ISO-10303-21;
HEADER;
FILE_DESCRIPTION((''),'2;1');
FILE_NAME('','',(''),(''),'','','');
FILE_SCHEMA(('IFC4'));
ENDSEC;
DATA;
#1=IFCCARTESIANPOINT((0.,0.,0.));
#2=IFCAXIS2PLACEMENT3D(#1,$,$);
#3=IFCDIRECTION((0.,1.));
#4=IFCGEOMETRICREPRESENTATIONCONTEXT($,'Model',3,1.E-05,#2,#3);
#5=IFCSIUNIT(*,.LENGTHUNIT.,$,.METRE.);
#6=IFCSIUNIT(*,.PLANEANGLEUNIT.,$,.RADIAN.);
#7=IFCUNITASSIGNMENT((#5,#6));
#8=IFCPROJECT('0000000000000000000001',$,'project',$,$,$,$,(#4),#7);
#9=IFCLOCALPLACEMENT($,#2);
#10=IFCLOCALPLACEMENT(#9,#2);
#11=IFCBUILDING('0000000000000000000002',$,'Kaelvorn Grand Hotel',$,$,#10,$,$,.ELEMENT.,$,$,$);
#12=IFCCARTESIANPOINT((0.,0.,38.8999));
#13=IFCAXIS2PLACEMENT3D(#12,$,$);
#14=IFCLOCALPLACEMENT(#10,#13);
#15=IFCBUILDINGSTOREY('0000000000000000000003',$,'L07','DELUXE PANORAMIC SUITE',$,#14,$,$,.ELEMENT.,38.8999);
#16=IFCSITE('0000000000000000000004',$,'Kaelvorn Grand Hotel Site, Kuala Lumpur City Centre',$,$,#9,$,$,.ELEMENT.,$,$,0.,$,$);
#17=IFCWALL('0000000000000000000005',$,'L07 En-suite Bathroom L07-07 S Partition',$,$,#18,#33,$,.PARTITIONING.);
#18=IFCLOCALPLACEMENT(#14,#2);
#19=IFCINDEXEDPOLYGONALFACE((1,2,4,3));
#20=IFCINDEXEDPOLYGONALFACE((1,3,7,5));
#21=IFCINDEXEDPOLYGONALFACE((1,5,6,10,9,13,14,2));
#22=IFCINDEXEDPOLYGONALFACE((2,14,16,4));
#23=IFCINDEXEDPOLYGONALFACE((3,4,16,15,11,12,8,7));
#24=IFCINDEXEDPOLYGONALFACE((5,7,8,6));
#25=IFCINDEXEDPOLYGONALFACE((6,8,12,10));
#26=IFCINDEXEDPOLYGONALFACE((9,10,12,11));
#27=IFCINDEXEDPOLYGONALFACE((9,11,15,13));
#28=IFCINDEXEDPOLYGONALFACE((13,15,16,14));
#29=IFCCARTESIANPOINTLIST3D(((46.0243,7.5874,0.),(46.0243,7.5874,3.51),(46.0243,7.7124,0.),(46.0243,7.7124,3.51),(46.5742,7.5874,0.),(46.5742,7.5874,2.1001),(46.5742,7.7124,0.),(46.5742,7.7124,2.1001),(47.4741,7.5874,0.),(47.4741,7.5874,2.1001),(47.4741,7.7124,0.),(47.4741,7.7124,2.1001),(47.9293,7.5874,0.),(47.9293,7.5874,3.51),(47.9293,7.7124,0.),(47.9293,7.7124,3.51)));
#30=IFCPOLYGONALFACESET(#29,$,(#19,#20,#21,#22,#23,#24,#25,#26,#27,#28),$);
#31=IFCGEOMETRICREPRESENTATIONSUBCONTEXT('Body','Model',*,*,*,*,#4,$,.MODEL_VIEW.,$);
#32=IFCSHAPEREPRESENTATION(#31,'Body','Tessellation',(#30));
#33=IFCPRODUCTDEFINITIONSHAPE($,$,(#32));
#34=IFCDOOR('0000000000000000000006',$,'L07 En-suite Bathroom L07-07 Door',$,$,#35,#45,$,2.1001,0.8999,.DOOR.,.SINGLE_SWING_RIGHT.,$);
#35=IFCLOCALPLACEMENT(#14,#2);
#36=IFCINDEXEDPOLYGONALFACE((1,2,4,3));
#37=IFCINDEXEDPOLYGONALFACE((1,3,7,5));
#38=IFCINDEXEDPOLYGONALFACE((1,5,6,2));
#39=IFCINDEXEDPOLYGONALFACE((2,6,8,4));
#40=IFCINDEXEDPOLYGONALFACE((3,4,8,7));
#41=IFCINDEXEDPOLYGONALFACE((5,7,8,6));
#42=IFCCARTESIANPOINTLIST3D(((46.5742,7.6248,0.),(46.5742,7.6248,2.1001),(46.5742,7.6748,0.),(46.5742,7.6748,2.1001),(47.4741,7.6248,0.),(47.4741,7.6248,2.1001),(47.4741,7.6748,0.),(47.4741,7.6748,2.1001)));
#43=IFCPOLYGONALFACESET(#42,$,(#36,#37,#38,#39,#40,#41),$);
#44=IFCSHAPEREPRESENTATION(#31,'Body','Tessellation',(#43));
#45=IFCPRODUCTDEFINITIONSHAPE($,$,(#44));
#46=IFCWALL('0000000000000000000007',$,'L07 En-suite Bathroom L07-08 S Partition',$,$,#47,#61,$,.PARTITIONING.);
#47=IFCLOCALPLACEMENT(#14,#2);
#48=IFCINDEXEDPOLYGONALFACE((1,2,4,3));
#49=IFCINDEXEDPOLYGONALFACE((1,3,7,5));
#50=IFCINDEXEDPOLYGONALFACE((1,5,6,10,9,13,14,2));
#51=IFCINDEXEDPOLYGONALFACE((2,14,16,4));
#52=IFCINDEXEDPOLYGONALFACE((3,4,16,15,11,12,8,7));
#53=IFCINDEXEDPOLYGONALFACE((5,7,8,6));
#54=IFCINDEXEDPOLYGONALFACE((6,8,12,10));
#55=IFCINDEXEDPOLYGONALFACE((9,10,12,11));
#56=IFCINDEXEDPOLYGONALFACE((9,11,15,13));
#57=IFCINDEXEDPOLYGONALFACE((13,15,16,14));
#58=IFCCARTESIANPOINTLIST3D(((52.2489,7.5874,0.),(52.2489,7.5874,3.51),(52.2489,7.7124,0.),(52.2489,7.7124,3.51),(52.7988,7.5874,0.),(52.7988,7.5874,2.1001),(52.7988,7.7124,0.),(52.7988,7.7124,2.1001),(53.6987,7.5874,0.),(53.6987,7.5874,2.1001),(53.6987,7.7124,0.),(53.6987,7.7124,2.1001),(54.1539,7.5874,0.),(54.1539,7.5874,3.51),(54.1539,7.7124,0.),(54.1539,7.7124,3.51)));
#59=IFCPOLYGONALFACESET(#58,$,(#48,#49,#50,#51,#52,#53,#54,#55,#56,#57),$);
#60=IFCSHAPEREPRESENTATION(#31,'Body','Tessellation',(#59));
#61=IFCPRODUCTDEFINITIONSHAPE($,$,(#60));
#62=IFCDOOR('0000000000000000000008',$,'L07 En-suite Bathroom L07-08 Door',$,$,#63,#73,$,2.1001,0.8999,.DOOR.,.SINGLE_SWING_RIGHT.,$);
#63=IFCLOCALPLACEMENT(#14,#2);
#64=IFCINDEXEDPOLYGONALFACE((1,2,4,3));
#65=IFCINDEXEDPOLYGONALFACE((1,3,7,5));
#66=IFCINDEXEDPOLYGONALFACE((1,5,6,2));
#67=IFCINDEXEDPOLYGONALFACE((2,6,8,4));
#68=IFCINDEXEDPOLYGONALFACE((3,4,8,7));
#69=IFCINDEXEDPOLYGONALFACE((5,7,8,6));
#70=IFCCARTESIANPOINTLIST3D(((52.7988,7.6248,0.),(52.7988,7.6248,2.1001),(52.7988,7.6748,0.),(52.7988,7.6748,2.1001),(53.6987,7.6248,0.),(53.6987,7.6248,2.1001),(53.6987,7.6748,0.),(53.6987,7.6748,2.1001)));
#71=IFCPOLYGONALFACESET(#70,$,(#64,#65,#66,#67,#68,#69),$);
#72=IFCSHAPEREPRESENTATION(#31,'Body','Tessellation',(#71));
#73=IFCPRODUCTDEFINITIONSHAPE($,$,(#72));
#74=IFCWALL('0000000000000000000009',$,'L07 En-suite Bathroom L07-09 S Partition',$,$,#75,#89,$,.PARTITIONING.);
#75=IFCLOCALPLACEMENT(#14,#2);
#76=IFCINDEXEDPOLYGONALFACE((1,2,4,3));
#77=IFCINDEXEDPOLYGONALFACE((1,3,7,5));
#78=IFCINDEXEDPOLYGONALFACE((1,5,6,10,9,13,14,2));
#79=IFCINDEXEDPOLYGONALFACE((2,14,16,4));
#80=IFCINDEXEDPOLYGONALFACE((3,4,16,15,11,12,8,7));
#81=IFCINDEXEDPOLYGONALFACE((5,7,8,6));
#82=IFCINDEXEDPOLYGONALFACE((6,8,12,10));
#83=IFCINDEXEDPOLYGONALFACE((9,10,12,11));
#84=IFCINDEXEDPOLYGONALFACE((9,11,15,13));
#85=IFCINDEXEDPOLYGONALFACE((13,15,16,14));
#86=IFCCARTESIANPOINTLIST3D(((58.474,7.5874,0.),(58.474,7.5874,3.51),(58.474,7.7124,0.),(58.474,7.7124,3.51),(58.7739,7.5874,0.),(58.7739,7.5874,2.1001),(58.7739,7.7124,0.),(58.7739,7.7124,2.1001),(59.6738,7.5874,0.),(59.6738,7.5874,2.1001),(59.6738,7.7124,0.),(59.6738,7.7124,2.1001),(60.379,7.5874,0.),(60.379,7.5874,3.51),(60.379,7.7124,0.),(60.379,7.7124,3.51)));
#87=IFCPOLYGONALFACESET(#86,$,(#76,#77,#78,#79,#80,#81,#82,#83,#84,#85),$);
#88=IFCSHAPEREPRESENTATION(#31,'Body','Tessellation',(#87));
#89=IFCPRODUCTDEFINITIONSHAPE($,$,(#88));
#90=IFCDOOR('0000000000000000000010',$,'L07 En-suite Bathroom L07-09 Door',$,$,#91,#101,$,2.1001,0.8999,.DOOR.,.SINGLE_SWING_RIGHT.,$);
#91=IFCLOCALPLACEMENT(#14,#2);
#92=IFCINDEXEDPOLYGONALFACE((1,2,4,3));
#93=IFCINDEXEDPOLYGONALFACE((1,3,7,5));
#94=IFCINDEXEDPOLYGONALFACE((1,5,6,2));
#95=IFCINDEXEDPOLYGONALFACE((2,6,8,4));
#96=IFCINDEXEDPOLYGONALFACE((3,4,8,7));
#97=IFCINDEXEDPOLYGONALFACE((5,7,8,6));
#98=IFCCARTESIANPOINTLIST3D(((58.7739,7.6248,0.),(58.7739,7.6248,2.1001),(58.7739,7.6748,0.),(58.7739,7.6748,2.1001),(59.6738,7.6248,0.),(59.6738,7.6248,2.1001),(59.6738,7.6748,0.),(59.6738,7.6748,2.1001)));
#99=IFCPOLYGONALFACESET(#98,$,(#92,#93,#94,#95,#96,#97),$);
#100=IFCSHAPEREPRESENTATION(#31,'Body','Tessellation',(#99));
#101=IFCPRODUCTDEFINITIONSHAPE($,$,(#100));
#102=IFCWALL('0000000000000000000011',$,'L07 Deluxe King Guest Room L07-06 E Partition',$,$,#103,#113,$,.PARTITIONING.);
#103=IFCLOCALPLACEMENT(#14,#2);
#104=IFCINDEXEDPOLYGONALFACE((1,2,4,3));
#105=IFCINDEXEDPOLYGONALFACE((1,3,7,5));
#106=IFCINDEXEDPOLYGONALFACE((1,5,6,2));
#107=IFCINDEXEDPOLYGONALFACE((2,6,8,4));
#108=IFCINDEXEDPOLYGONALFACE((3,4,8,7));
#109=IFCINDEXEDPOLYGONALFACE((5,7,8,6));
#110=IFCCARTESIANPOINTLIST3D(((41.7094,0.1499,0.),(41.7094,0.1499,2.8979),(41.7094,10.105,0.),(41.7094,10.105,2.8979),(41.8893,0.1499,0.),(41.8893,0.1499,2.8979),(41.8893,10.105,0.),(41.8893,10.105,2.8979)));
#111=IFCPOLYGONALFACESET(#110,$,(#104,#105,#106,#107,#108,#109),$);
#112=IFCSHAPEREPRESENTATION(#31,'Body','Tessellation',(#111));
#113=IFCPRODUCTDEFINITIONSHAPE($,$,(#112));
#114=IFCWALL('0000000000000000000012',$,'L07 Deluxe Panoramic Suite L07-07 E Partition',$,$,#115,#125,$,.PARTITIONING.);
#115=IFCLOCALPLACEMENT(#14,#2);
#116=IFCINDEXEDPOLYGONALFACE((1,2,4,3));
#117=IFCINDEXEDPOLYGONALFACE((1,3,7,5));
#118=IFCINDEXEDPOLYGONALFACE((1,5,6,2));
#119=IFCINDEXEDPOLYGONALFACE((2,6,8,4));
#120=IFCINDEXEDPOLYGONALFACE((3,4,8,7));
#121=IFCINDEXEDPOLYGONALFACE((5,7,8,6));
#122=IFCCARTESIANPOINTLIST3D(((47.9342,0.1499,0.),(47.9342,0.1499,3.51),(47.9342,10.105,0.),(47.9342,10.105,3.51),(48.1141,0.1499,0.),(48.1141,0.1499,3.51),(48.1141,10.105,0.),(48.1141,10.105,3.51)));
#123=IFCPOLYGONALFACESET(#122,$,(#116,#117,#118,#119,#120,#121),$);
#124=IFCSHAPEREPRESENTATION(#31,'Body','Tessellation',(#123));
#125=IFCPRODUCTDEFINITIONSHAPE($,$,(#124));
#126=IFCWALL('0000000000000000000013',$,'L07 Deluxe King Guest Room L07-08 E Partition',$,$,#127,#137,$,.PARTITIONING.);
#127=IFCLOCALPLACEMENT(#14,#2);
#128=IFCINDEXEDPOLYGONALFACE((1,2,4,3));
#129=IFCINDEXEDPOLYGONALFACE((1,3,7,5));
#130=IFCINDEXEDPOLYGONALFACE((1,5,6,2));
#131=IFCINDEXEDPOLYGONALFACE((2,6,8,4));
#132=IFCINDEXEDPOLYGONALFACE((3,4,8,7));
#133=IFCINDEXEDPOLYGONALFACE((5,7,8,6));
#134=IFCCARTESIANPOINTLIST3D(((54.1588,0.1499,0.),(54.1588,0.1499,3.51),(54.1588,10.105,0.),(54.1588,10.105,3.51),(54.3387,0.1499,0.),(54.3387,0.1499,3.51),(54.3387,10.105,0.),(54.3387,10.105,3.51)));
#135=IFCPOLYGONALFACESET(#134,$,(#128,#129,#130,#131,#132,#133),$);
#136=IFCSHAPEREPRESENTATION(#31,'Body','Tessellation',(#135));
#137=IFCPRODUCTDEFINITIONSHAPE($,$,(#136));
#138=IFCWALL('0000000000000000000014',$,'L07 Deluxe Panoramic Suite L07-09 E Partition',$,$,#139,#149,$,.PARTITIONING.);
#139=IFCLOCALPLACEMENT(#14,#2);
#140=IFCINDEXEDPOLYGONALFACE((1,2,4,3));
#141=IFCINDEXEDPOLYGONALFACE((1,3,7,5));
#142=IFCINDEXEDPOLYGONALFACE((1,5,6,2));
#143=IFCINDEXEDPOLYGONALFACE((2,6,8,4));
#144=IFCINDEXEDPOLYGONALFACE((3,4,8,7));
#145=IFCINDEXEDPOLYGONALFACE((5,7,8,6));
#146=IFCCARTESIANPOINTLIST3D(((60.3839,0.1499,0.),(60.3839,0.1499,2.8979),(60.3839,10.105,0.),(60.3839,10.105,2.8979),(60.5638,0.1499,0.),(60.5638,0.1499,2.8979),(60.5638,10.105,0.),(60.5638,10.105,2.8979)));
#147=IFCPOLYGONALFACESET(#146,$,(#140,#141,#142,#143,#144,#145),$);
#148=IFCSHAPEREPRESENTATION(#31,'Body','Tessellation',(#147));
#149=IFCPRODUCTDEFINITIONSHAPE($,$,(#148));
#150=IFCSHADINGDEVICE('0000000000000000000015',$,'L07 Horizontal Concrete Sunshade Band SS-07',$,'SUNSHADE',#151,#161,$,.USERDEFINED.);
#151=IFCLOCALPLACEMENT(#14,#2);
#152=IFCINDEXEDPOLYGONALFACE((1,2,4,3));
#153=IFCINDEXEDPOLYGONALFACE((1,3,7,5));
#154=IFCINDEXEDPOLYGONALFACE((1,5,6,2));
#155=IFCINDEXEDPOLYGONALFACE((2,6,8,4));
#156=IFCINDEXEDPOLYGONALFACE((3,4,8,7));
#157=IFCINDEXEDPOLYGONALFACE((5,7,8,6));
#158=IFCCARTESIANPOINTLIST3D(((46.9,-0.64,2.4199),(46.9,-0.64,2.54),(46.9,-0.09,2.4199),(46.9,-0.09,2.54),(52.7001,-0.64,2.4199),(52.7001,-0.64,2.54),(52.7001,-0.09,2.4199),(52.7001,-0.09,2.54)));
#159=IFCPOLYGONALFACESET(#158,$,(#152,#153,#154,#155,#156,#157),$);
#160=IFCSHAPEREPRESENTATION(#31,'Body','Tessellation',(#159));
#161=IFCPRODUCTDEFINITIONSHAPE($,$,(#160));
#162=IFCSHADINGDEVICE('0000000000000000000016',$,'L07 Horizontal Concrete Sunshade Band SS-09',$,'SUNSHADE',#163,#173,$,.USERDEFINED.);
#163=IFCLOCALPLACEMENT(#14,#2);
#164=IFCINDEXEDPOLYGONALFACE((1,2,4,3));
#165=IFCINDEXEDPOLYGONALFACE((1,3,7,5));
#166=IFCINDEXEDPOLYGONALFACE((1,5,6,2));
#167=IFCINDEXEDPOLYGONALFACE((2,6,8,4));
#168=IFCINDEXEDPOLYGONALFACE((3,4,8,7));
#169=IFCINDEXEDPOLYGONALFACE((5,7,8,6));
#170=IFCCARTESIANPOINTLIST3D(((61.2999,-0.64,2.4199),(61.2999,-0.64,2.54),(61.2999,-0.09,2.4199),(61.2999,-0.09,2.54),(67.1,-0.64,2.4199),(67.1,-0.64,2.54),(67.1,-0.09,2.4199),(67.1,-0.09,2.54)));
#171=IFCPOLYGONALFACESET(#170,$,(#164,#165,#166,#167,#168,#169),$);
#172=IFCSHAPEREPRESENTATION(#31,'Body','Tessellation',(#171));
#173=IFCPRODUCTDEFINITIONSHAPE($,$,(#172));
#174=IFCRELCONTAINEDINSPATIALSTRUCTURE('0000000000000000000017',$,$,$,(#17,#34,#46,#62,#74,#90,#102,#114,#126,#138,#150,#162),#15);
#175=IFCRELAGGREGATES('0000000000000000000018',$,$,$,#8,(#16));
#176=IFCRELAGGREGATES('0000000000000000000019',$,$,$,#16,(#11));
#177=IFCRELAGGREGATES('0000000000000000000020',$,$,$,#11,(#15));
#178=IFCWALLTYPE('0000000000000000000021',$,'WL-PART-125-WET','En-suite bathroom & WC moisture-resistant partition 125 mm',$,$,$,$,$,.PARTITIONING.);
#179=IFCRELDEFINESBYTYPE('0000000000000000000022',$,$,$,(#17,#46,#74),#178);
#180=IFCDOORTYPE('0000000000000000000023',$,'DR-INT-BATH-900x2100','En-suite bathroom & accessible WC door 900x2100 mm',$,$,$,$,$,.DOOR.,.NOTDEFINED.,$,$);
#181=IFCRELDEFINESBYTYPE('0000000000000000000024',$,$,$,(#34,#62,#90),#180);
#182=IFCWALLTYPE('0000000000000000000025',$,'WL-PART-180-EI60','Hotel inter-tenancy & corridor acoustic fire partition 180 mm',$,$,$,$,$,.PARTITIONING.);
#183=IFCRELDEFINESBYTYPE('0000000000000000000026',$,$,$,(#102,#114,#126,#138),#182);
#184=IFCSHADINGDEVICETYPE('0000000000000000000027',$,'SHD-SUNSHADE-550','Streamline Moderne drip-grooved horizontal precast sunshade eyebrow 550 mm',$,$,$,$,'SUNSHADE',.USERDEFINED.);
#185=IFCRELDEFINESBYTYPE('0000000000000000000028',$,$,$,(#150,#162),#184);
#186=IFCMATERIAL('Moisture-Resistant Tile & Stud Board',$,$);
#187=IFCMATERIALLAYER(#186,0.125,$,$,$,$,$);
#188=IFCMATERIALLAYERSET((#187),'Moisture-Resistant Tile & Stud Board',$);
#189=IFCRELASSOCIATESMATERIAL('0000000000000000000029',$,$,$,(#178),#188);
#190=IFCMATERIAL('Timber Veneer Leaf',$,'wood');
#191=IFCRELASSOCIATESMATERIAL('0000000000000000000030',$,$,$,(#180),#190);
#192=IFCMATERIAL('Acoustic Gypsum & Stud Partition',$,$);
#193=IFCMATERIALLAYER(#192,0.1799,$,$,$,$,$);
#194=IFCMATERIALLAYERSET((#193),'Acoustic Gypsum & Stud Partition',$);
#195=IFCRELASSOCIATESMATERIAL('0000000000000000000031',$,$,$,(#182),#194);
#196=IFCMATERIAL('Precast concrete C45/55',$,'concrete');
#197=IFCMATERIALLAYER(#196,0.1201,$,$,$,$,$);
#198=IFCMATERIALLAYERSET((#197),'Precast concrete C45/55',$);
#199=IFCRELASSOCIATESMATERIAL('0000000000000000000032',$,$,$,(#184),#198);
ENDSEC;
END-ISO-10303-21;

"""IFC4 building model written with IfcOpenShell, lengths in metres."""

from ifc_helpers import new_model, si_unit, direction, frame, frame_2d, origin, origin_2d, place, context, subcontext, project, spatial, rectangle, extrude, material, layer, layer_set, type_object, element, fill, save


model = new_model("IFC4")

# Units and contexts
model_context = context("Model", 3, precision=1e-05, world=origin(), true_north=direction((0.0, 1.0)))
body_context = subcontext(model_context, "Body", "Model", "MODEL_VIEW")
ifc_project = project(units=[si_unit("LENGTHUNIT", "METRE"), si_unit("PLANEANGLEUNIT", "RADIAN")], contexts=[model_context])

# Site, building, storey
site_placement = place(None, origin())
site = spatial("IfcSite", under=ifc_project, at=site_placement, Name="Kaelvorn Grand Hotel Site, Kuala Lumpur City Centre", CompositionType="ELEMENT", RefElevation=0.0)
building_placement = place(site_placement, origin())
building = spatial("IfcBuilding", under=site, at=building_placement, Name="Kaelvorn Grand Hotel", CompositionType="ELEMENT")
storey_placement = place(building_placement, frame((0.0, 0.0, 38.8999)))
storey = spatial("IfcBuildingStorey", under=building, at=storey_placement, Name="L07", Description="DELUXE PANORAMIC SUITE", CompositionType="ELEMENT", Elevation=38.8999)

# Walls, openings, doors
ifc_material_1 = material(Name="Moisture-Resistant Tile & Stud Board")
ifc_layer_1 = layer(ifc_material_1, 0.125)
ifc_layer_set_1 = layer_set([ifc_layer_1], Name="Moisture-Resistant Tile & Stud Board")
wall_type_1 = type_object("IfcWallType", Name="WL-PART-125-WET", Description="En-suite bathroom & WC moisture-resistant partition 125 mm", PredefinedType="PARTITIONING", material=ifc_layer_set_1)
wall_1_placement = place(storey_placement, frame((46.0242, 7.6499, 0.0), z_axis=(0.0, 0.0, 1.0), x_axis=(1.0, 0.0, 0.0)))
wall_1 = element("IfcWall", 1, at=wall_1_placement, inside=storey, type_object=wall_type_1, Name="L07 En-suite Bathroom L07-07 S Partition", PredefinedType="PARTITIONING", context=body_context, shape_type="SweptSolid", body=[
    extrude(rectangle(XDim=1.905, YDim=0.125, at=frame_2d((0.9526, 0.0))), origin(), (0.0, 0.0, 1.0), 3.51),
])
opening_1_placement = place(wall_1_placement, frame((0.55, 0.0, 0.0)))
opening_1 = element("IfcOpeningElement", 2, at=opening_1_placement, cuts=wall_1, PredefinedType="OPENING", context=body_context, shape_type="SweptSolid", body=[
    extrude(rectangle(XDim=0.8999, YDim=2.1001, at=frame_2d((0.45, 1.05))), frame((0.0, 0.0725, 0.0), z_axis=(0.0, -1.0, 0.0), x_axis=(1.0, 0.0, 0.0)), (0.0, 0.0, 1.0), 0.145),
])
ifc_material_2 = material(Name="Timber Veneer Leaf", Category="wood")
door_type = type_object("IfcDoorType", Name="DR-INT-BATH-900x2100", Description="En-suite bathroom & accessible WC door 900x2100 mm", OperationType="NOTDEFINED", PredefinedType="DOOR", material=ifc_material_2)
door_1_placement = place(opening_1_placement, origin())
door_1 = element("IfcDoor", 3, at=door_1_placement, inside=storey, type_object=door_type, Name="L07 En-suite Bathroom L07-07 Door", OperationType="SINGLE_SWING_RIGHT", OverallHeight=2.1001, OverallWidth=0.8999, PredefinedType="DOOR", context=body_context, shape_type="SweptSolid", body=[
    extrude(rectangle(XDim=0.8999, YDim=2.1001, at=frame_2d((0.45, 1.05))), frame((0.0, 0.0249, 0.0), z_axis=(0.0, -1.0, 0.0), x_axis=(1.0, 0.0, 0.0)), (0.0, 0.0, 1.0), 0.05),
])
fill(opening_1, door_1)
wall_2_placement = place(storey_placement, frame((52.2488, 7.6499, 0.0), z_axis=(0.0, 0.0, 1.0), x_axis=(1.0, 0.0, 0.0)))
wall_2 = element("IfcWall", 4, at=wall_2_placement, inside=storey, type_object=wall_type_1, Name="L07 En-suite Bathroom L07-08 S Partition", PredefinedType="PARTITIONING", context=body_context, shape_type="SweptSolid", body=[
    extrude(rectangle(XDim=1.905, YDim=0.125, at=frame_2d((0.9526, 0.0))), origin(), (0.0, 0.0, 1.0), 3.51),
])
opening_2_placement = place(wall_2_placement, frame((0.55, 0.0, 0.0)))
opening_2 = element("IfcOpeningElement", 5, at=opening_2_placement, cuts=wall_2, PredefinedType="OPENING", context=body_context, shape_type="SweptSolid", body=[
    extrude(rectangle(XDim=0.8999, YDim=2.1001, at=frame_2d((0.45, 1.05))), frame((0.0, 0.0725, 0.0), z_axis=(0.0, -1.0, 0.0), x_axis=(1.0, 0.0, 0.0)), (0.0, 0.0, 1.0), 0.145),
])
door_2_placement = place(opening_2_placement, origin())
door_2 = element("IfcDoor", 6, at=door_2_placement, inside=storey, type_object=door_type, Name="L07 En-suite Bathroom L07-08 Door", OperationType="SINGLE_SWING_RIGHT", OverallHeight=2.1001, OverallWidth=0.8999, PredefinedType="DOOR", context=body_context, shape_type="SweptSolid", body=[
    extrude(rectangle(XDim=0.8999, YDim=2.1001, at=frame_2d((0.45, 1.05))), frame((0.0, 0.0249, 0.0), z_axis=(0.0, -1.0, 0.0), x_axis=(1.0, 0.0, 0.0)), (0.0, 0.0, 1.0), 0.05),
])
fill(opening_2, door_2)
wall_3_placement = place(storey_placement, frame((58.4739, 7.6499, 0.0), z_axis=(0.0, 0.0, 1.0), x_axis=(1.0, 0.0, 0.0)))
wall_3 = element("IfcWall", 7, at=wall_3_placement, inside=storey, type_object=wall_type_1, Name="L07 En-suite Bathroom L07-09 S Partition", PredefinedType="PARTITIONING", context=body_context, shape_type="SweptSolid", body=[
    extrude(rectangle(XDim=1.905, YDim=0.125, at=frame_2d((0.9526, 0.0))), origin(), (0.0, 0.0, 1.0), 3.51),
])
opening_3_placement = place(wall_3_placement, frame((0.3, 0.0, 0.0)))
opening_3 = element("IfcOpeningElement", 8, at=opening_3_placement, cuts=wall_3, PredefinedType="OPENING", context=body_context, shape_type="SweptSolid", body=[
    extrude(rectangle(XDim=0.8999, YDim=2.1001, at=frame_2d((0.45, 1.05))), frame((0.0, 0.0725, 0.0), z_axis=(0.0, -1.0, 0.0), x_axis=(1.0, 0.0, 0.0)), (0.0, 0.0, 1.0), 0.145),
])
door_3_placement = place(opening_3_placement, origin())
door_3 = element("IfcDoor", 9, at=door_3_placement, inside=storey, type_object=door_type, Name="L07 En-suite Bathroom L07-09 Door", OperationType="SINGLE_SWING_RIGHT", OverallHeight=2.1001, OverallWidth=0.8999, PredefinedType="DOOR", context=body_context, shape_type="SweptSolid", body=[
    extrude(rectangle(XDim=0.8999, YDim=2.1001, at=frame_2d((0.45, 1.05))), frame((0.0, 0.0249, 0.0), z_axis=(0.0, -1.0, 0.0), x_axis=(1.0, 0.0, 0.0)), (0.0, 0.0, 1.0), 0.05),
])
fill(opening_3, door_3)

# Walls
ifc_material_3 = material(Name="Acoustic Gypsum & Stud Partition")
ifc_layer_2 = layer(ifc_material_3, 0.1799)
ifc_layer_set_2 = layer_set([ifc_layer_2], Name="Acoustic Gypsum & Stud Partition")
wall_type_2 = type_object("IfcWallType", Name="WL-PART-180-EI60", Description="Hotel inter-tenancy & corridor acoustic fire partition 180 mm", PredefinedType="PARTITIONING", material=ifc_layer_set_2)
wall_4_placement = place(storey_placement, frame((41.7993, 0.1499, 0.0), z_axis=(0.0, 0.0, 1.0), x_axis=(0.0, 1.0, 0.0)))
element("IfcWall", 10, at=wall_4_placement, inside=storey, type_object=wall_type_2, Name="L07 Deluxe King Guest Room L07-06 E Partition", PredefinedType="PARTITIONING", context=body_context, shape_type="SweptSolid", body=[
    extrude(rectangle(XDim=9.9551, YDim=0.1799, at=frame_2d((4.9775, 0.0))), origin(), (0.0, 0.0, 1.0), 2.8979),
])
for number, where, z_axis, x_axis, name in (
    (11, (48.0242, 0.1499, 0.0), (0.0, 0.0, 1.0), (0.0, 1.0, 0.0), "L07 Deluxe Panoramic Suite L07-07 E Partition"),
    (12, (54.2488, 0.1499, 0.0), (0.0, 0.0, 1.0), (0.0, 1.0, 0.0), "L07 Deluxe King Guest Room L07-08 E Partition"),
):
    element("IfcWall", number, at=place(storey_placement, frame(where, z_axis=z_axis, x_axis=x_axis)), inside=storey, type_object=wall_type_2, Name=name, PredefinedType="PARTITIONING", context=body_context, shape_type="SweptSolid", body=[
        extrude(rectangle(XDim=9.9551, YDim=0.1799, at=frame_2d((4.9775, 0.0))), origin(), (0.0, 0.0, 1.0), 3.51),
    ])
wall_5_placement = place(storey_placement, frame((60.4739, 0.1499, 0.0), z_axis=(0.0, 0.0, 1.0), x_axis=(0.0, 1.0, 0.0)))
element("IfcWall", 13, at=wall_5_placement, inside=storey, type_object=wall_type_2, Name="L07 Deluxe Panoramic Suite L07-09 E Partition", PredefinedType="PARTITIONING", context=body_context, shape_type="SweptSolid", body=[
    extrude(rectangle(XDim=9.9551, YDim=0.1799, at=frame_2d((4.9775, 0.0))), origin(), (0.0, 0.0, 1.0), 2.8979),
])

# Shading devices
ifc_material_4 = material(Name="Precast concrete C45/55", Category="concrete")
ifc_layer_3 = layer(ifc_material_4, 0.1201)
ifc_layer_set_3 = layer_set([ifc_layer_3], Name="Precast concrete C45/55")
shading_device_type_1 = type_object("IfcShadingDeviceType", Name="SHD-SUNSHADE-550", Description="Streamline Moderne drip-grooved horizontal precast sunshade eyebrow 550 mm", ElementType="SUNSHADE", PredefinedType="USERDEFINED", material=ifc_layer_set_3)
for number, where, z_axis, x_axis, name in (
    (14, (49.8, -0.365, 2.4199), (0.0, 0.0, 1.0), (1.0, 0.0, 0.0), "L07 Horizontal Concrete Sunshade Band SS-07"),
    (15, (64.2, -0.365, 2.4199), (0.0, 0.0, 1.0), (1.0, 0.0, 0.0), "L07 Horizontal Concrete Sunshade Band SS-09"),
):
    element("IfcShadingDevice", number, at=place(storey_placement, frame(where, z_axis=z_axis, x_axis=x_axis)), inside=storey, type_object=shading_device_type_1, Name=name, ObjectType="SUNSHADE", PredefinedType="USERDEFINED", context=body_context, shape_type="SweptSolid", body=[
        extrude(rectangle(XDim=5.8, YDim=0.55, at=origin_2d()), origin(), (0.0, 0.0, 1.0), 0.1201),
    ])

save(model, "model.ifc")
